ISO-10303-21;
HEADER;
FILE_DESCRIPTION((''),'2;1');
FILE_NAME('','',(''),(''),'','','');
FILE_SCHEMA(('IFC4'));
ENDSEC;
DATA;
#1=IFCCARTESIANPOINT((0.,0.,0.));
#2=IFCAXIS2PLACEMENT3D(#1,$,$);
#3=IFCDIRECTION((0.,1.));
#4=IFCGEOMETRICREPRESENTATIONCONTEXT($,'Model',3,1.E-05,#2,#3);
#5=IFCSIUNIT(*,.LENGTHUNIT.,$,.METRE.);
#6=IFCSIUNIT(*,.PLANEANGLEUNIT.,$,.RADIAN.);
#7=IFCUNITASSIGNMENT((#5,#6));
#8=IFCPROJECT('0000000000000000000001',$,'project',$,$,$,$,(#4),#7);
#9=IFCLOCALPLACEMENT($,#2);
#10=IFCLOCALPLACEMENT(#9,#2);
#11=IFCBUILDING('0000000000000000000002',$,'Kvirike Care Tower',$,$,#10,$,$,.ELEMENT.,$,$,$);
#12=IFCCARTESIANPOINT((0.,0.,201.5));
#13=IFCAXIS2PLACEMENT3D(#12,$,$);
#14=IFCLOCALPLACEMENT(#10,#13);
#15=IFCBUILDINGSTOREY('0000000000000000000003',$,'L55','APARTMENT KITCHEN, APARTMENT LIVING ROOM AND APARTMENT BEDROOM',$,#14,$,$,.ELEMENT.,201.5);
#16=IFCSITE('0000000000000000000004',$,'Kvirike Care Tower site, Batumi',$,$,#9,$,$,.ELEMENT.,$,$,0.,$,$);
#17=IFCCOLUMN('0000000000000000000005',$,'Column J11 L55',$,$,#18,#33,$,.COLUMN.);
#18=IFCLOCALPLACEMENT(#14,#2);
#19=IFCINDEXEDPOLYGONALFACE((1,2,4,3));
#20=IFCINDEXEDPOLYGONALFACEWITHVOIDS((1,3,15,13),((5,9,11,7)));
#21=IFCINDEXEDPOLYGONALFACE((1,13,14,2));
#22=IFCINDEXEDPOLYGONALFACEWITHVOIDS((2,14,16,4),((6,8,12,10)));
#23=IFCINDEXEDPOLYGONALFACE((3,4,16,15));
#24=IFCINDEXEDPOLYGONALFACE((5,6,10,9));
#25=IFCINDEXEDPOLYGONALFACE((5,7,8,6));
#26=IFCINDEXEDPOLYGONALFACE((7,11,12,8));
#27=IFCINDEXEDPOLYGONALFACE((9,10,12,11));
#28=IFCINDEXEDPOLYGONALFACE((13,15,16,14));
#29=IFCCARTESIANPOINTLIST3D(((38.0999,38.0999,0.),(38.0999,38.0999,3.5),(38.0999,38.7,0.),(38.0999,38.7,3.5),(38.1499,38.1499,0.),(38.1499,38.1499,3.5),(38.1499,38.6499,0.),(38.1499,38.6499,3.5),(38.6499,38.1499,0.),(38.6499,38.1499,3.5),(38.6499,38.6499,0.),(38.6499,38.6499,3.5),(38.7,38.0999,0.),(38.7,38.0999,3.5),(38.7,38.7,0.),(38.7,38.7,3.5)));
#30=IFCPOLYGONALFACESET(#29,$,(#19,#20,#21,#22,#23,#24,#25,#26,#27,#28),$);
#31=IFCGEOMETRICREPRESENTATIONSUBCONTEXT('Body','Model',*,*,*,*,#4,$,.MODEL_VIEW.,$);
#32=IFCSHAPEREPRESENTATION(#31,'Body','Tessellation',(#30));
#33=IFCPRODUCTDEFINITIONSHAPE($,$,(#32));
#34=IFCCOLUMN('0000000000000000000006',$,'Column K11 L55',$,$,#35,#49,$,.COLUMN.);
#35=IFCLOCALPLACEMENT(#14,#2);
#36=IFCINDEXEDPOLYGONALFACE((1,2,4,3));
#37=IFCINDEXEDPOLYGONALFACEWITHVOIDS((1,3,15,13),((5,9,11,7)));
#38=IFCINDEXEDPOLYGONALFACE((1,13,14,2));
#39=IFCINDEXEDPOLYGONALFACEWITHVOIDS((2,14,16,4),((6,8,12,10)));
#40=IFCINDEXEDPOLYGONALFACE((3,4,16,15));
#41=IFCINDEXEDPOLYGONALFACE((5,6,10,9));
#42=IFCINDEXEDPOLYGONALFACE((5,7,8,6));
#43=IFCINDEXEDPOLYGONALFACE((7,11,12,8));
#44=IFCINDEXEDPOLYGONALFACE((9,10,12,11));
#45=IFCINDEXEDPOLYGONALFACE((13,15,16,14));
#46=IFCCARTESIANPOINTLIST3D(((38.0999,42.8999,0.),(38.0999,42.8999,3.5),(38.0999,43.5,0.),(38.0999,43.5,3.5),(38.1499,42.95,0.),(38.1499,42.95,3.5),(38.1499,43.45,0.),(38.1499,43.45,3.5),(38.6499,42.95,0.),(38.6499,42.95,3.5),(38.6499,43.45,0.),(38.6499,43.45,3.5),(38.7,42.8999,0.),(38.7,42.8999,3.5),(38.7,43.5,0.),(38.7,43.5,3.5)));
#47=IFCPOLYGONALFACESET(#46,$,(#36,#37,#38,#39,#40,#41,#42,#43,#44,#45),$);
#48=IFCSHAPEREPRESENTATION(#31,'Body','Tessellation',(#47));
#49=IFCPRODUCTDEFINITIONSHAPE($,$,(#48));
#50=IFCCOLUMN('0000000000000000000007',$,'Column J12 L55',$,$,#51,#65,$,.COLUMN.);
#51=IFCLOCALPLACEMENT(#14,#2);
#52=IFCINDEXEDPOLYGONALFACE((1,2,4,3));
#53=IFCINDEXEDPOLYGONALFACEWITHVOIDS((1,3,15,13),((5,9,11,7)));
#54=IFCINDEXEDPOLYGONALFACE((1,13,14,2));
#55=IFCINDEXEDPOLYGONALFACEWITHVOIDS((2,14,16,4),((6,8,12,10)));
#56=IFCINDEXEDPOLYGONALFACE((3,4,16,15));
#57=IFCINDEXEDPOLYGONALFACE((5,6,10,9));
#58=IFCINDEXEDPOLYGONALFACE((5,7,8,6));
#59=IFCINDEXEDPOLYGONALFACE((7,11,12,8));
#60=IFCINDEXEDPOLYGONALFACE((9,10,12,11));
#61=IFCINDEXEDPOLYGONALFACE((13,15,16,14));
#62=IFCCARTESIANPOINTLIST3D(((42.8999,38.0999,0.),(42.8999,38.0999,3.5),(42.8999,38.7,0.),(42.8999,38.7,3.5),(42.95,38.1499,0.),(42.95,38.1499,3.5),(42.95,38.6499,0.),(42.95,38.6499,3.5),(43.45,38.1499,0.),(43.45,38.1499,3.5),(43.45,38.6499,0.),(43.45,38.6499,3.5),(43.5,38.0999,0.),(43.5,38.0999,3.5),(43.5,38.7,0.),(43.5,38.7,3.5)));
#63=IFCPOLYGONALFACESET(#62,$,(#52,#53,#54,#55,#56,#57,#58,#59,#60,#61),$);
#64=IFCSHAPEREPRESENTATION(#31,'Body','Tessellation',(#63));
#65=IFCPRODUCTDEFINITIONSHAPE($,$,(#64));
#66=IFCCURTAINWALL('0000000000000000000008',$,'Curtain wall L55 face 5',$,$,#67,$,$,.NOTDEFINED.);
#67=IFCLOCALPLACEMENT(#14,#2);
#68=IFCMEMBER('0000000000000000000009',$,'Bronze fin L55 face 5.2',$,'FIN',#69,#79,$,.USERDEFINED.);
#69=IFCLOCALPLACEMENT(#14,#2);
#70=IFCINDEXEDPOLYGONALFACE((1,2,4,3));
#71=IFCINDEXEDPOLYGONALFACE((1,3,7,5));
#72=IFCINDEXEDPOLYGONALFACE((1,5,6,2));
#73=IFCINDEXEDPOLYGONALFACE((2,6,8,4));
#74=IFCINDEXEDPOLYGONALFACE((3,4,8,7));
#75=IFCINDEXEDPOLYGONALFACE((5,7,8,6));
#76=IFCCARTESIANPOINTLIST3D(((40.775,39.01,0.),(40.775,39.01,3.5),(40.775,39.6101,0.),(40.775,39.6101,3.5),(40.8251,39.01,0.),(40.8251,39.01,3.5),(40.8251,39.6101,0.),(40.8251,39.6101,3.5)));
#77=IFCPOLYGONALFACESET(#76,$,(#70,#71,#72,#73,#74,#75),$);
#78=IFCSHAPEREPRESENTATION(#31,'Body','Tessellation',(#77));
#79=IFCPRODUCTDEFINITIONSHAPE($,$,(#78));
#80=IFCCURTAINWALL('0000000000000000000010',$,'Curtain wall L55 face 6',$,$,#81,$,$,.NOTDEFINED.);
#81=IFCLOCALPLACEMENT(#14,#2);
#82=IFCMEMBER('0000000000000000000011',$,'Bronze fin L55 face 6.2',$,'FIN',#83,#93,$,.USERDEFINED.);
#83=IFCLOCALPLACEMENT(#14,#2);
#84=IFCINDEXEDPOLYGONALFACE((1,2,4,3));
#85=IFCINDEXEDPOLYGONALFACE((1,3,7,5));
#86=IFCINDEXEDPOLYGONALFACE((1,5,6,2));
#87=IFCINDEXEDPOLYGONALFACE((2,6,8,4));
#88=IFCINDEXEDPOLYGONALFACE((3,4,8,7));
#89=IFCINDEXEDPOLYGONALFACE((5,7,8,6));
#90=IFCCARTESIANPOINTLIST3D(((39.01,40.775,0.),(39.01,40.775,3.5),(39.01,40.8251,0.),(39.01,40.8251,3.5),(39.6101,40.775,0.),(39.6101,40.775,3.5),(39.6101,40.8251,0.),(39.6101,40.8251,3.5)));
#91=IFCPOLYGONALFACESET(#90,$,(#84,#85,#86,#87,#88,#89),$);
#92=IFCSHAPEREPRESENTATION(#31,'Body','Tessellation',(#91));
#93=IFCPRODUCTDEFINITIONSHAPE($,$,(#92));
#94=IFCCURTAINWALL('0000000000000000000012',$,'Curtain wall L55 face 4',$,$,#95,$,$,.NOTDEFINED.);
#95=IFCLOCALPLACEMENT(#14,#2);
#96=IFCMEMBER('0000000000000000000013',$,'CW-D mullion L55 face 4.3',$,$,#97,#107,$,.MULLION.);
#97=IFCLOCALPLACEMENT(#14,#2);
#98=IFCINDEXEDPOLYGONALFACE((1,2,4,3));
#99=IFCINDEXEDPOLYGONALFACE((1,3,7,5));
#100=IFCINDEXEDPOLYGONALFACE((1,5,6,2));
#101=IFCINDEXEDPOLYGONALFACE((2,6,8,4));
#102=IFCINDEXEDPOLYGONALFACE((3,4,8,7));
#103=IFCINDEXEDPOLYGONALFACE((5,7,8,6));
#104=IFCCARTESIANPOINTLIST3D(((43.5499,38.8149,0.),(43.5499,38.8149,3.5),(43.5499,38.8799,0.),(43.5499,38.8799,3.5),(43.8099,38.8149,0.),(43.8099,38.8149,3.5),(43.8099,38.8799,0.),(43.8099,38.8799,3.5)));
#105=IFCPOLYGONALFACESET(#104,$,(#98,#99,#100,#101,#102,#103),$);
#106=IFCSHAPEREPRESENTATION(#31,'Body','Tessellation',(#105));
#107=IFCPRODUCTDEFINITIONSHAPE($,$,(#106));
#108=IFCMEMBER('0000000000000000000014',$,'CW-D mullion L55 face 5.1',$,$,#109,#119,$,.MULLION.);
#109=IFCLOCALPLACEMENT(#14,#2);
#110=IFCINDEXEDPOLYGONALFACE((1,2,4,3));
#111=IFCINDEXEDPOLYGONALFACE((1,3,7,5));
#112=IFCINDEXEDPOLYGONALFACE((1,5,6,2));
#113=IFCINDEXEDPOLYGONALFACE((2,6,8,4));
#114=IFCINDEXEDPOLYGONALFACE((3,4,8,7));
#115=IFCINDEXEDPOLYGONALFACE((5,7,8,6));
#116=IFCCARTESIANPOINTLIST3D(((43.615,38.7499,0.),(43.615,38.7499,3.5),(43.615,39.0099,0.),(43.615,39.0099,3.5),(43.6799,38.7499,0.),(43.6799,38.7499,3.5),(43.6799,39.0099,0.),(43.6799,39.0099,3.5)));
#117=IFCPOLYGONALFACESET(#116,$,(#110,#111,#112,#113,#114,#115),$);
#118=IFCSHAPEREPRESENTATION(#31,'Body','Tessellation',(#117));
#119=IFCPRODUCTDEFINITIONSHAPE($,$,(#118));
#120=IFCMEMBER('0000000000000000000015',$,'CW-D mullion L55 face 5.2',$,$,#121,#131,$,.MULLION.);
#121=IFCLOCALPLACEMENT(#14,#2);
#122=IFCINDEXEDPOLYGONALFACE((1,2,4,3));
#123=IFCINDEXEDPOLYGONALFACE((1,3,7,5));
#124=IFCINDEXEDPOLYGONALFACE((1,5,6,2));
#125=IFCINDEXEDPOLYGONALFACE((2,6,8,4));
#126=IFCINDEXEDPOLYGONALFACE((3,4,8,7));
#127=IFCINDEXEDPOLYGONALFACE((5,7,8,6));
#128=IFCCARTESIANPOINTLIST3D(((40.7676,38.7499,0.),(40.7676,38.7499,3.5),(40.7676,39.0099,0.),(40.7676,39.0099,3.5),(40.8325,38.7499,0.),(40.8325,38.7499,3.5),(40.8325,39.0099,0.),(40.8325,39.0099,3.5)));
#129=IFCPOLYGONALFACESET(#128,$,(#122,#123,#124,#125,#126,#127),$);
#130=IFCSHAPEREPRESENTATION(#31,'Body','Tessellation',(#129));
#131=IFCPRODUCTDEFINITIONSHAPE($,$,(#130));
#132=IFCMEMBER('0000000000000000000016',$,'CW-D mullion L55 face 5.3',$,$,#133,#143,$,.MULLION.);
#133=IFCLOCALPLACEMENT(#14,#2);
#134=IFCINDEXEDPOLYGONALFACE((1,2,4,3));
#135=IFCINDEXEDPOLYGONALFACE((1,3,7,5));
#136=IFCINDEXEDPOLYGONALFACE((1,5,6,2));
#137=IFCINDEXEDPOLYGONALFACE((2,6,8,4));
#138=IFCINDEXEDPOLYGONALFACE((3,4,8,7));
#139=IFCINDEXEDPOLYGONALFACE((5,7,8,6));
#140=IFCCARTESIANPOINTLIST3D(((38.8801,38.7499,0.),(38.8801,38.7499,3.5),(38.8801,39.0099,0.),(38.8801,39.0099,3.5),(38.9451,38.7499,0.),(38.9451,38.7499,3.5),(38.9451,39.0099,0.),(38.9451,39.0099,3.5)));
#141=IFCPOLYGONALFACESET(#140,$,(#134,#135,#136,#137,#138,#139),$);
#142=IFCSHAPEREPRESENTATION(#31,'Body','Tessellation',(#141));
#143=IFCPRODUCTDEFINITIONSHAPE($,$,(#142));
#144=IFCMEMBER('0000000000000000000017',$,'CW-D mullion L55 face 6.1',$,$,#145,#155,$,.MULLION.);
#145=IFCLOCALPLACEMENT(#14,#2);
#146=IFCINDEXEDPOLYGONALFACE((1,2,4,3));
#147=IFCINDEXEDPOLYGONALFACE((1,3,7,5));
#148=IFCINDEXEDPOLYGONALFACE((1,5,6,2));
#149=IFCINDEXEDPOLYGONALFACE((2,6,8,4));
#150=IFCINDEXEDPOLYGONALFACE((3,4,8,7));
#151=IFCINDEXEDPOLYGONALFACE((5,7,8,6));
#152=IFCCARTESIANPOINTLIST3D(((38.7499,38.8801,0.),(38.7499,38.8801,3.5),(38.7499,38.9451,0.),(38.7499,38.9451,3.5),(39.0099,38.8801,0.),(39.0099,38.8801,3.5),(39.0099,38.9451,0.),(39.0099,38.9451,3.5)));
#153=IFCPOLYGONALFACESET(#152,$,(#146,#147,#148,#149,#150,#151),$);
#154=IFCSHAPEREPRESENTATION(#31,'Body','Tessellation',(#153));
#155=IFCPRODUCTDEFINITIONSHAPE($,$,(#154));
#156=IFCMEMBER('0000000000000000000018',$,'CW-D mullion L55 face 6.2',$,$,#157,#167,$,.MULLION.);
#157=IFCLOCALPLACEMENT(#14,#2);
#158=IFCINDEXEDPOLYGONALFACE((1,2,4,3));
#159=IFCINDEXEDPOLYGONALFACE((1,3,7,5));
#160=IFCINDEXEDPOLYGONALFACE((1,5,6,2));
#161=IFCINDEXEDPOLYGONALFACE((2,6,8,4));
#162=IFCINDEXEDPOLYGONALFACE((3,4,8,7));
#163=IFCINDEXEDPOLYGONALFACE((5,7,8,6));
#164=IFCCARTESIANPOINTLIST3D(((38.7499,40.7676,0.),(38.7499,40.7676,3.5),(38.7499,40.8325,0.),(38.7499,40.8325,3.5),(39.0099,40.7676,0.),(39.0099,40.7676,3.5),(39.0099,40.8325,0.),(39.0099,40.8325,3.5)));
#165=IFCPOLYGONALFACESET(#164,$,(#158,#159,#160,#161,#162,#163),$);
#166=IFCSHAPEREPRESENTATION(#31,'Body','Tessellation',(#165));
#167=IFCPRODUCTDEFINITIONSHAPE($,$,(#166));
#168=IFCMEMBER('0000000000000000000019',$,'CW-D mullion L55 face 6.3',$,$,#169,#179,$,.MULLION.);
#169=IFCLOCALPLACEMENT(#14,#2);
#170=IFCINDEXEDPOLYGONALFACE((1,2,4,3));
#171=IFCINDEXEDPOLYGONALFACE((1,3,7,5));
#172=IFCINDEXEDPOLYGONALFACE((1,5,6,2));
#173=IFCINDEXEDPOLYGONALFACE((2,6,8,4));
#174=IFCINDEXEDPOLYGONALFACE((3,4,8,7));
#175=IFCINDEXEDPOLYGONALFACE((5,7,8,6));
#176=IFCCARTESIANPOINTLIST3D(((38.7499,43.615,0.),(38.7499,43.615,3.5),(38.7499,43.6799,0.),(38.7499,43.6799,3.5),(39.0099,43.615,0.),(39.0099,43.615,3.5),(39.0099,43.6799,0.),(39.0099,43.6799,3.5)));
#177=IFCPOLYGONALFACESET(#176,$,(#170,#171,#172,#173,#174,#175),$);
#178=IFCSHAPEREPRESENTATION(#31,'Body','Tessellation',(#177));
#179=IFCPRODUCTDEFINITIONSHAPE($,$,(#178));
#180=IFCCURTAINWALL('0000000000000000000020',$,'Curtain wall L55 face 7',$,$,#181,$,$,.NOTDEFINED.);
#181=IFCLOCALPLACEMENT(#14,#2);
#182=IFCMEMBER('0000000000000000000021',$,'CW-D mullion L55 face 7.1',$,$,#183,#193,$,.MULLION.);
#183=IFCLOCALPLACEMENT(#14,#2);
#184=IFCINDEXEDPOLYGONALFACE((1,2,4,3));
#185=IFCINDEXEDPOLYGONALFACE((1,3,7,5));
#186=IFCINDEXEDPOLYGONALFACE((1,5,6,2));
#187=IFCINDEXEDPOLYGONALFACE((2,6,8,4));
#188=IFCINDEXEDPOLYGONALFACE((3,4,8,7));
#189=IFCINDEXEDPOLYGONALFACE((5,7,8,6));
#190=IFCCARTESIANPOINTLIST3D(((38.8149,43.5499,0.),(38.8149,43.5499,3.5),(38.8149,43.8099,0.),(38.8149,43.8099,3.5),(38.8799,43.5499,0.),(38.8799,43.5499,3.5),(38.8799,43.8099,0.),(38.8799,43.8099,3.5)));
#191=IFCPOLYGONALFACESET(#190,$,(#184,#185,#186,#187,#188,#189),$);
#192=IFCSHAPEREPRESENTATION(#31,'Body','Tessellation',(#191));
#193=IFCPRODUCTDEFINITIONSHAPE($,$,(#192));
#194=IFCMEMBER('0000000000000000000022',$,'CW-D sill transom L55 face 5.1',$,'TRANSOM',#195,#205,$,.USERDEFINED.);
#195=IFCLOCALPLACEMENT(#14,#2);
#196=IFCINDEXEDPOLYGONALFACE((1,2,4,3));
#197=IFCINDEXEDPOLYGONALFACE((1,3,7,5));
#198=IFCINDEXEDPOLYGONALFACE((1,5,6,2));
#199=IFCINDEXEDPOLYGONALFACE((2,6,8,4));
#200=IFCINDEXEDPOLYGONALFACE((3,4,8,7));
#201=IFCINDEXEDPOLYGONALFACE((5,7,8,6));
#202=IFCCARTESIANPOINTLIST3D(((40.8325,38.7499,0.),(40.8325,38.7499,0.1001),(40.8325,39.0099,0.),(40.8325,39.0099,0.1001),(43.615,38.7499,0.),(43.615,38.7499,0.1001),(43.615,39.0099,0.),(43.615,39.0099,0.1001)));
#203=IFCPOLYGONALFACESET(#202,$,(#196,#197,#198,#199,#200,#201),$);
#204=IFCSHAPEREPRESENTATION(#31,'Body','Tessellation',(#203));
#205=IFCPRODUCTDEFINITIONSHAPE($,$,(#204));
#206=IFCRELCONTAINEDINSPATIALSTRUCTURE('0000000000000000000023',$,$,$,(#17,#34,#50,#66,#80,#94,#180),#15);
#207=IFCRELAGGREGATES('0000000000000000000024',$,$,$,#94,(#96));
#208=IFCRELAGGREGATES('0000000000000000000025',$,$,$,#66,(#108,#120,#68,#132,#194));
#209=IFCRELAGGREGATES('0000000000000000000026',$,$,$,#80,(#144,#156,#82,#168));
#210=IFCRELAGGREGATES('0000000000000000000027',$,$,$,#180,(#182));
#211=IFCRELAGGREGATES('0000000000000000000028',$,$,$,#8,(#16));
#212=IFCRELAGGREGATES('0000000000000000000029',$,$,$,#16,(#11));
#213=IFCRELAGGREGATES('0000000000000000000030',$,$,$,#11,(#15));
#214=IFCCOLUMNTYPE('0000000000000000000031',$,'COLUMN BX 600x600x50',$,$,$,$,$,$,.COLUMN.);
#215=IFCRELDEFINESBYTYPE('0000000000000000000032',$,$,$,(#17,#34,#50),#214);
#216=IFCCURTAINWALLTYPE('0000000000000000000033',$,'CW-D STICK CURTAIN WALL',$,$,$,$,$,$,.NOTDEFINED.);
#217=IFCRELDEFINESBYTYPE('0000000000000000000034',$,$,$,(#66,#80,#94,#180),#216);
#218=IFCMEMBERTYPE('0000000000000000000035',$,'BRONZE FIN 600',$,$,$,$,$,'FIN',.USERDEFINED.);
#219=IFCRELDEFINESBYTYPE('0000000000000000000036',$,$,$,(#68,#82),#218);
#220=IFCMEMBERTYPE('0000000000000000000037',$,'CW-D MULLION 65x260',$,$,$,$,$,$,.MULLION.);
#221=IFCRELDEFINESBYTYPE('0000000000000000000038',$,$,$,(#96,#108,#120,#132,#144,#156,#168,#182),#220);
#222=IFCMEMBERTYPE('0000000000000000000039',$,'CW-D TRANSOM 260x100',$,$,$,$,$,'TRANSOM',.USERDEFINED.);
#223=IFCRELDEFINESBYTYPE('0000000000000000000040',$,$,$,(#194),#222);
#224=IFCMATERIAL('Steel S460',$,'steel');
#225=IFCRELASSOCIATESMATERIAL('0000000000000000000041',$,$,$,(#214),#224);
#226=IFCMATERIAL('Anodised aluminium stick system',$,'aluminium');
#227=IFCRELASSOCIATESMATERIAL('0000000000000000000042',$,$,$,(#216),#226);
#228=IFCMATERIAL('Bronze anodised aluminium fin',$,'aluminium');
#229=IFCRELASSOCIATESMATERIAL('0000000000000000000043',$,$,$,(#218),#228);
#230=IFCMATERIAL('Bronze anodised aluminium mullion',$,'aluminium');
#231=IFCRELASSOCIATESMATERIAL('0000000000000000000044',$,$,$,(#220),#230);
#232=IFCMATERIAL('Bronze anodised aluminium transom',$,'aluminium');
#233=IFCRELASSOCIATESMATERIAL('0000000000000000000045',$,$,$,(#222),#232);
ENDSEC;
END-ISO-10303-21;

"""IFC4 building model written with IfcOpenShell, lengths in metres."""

from ifc_helpers import new_model, si_unit, direction, frame, origin, origin_2d, place, context, subcontext, project, spatial, rectangle, hollow_rectangle, extrude, material, material_profile, profile_set, type_object, element, aggregate, save


model = new_model("IFC4")

# Units and contexts
model_context = context("Model", 3, precision=1e-05, world=origin(), true_north=direction((0.0, 1.0)))
body_context = subcontext(model_context, "Body", "Model", "MODEL_VIEW")
ifc_project = project(units=[si_unit("LENGTHUNIT", "METRE"), si_unit("PLANEANGLEUNIT", "RADIAN")], contexts=[model_context])

# Site, building, storey
site_placement = place(None, origin())
site = spatial("IfcSite", under=ifc_project, at=site_placement, Name="Kvirike Care Tower site, Batumi", CompositionType="ELEMENT", RefElevation=0.0)
building_placement = place(site_placement, origin())
building = spatial("IfcBuilding", under=site, at=building_placement, Name="Kvirike Care Tower", CompositionType="ELEMENT")
storey_placement = place(building_placement, frame((0.0, 0.0, 201.5)))
storey = spatial("IfcBuildingStorey", under=building, at=storey_placement, Name="L55", Description="APARTMENT KITCHEN, APARTMENT LIVING ROOM AND APARTMENT BEDROOM", CompositionType="ELEMENT", Elevation=201.5)

# Columns
ifc_material_1 = material(Name="Steel S460", Category="steel")
ifc_material_profile_1 = material_profile(ifc_material_1, hollow_rectangle(XDim=0.6001, YDim=0.6001, WallThickness=0.05, at=origin_2d()), Name="BX 600x600x50")
ifc_profile_set_1 = profile_set([ifc_material_profile_1], Name="Steel S460")
column_type = type_object("IfcColumnType", Name="COLUMN BX 600x600x50", PredefinedType="COLUMN", material=ifc_profile_set_1)
for number, where, z_axis, x_axis, name in (
    (1, (38.3999, 38.3999, 0.0), (0.0, 0.0, 1.0), (0.0, 1.0, 0.0), "Column J11 L55"),
    (2, (38.3999, 43.2, 0.0), (0.0, 0.0, 1.0), (0.0, 1.0, 0.0), "Column K11 L55"),
    (3, (43.2, 38.3999, 0.0), (0.0, 0.0, 1.0), (0.0, 1.0, 0.0), "Column J12 L55"),
):
    element("IfcColumn", number, at=place(storey_placement, frame(where, z_axis=z_axis, x_axis=x_axis)), inside=storey, type_object=column_type, Name=name, PredefinedType="COLUMN", context=body_context, shape_type="SweptSolid", body=[
        extrude(hollow_rectangle(XDim=0.6001, YDim=0.6001, WallThickness=0.05, at=origin_2d()), origin(), (0.0, 0.0, 1.0), 3.5),
    ])

# Curtain walls, members
ifc_material_2 = material(Name="Anodised aluminium stick system", Category="aluminium")
curtain_wall_type = type_object("IfcCurtainWallType", Name="CW-D STICK CURTAIN WALL", PredefinedType="NOTDEFINED", material=ifc_material_2)
curtain_wall_1_placement = place(storey_placement, origin())
curtain_wall_1 = element("IfcCurtainWall", 4, at=curtain_wall_1_placement, inside=storey, type_object=curtain_wall_type, Name="Curtain wall L55 face 5", PredefinedType="NOTDEFINED")
ifc_material_3 = material(Name="Bronze anodised aluminium fin", Category="aluminium")
ifc_material_profile_2 = material_profile(ifc_material_3, rectangle(XDim=0.05, YDim=0.6001, at=origin_2d()), Name="BRONZE FIN 600")
ifc_profile_set_2 = profile_set([ifc_material_profile_2], Name="Bronze anodised aluminium fin")
member_type_1 = type_object("IfcMemberType", Name="BRONZE FIN 600", ElementType="FIN", PredefinedType="USERDEFINED", material=ifc_profile_set_2)
member_1_placement = place(storey_placement, frame((40.8, 39.3101, 0.0), z_axis=(0.0, 0.0, 1.0), x_axis=(-1.0, 0.0, 0.0)))
member_1 = element("IfcMember", 5, at=member_1_placement, type_object=member_type_1, Name="Bronze fin L55 face 5.2", ObjectType="FIN", PredefinedType="USERDEFINED", context=body_context, shape_type="SweptSolid", body=[
    extrude(rectangle(XDim=0.05, YDim=0.6001, at=origin_2d()), origin(), (0.0, 0.0, 1.0), 3.5),
])
curtain_wall_2_placement = place(storey_placement, origin())
curtain_wall_2 = element("IfcCurtainWall", 6, at=curtain_wall_2_placement, inside=storey, type_object=curtain_wall_type, Name="Curtain wall L55 face 6", PredefinedType="NOTDEFINED")
member_2_placement = place(storey_placement, frame((39.3101, 40.8, 0.0), z_axis=(0.0, 0.0, 1.0), x_axis=(0.0, 1.0, 0.0)))
member_2 = element("IfcMember", 7, at=member_2_placement, type_object=member_type_1, Name="Bronze fin L55 face 6.2", ObjectType="FIN", PredefinedType="USERDEFINED", context=body_context, shape_type="SweptSolid", body=[
    extrude(rectangle(XDim=0.05, YDim=0.6001, at=origin_2d()), origin(), (0.0, 0.0, 1.0), 3.5),
])
curtain_wall_3_placement = place(storey_placement, origin())
curtain_wall_3 = element("IfcCurtainWall", 8, at=curtain_wall_3_placement, inside=storey, type_object=curtain_wall_type, Name="Curtain wall L55 face 4", PredefinedType="NOTDEFINED")
ifc_material_4 = material(Name="Bronze anodised aluminium mullion", Category="aluminium")
ifc_material_profile_3 = material_profile(ifc_material_4, rectangle(XDim=0.0649, YDim=0.26, at=origin_2d()), Name="CW-D MULLION 65x260")
ifc_profile_set_3 = profile_set([ifc_material_profile_3], Name="Bronze anodised aluminium mullion")
member_type_2 = type_object("IfcMemberType", Name="CW-D MULLION 65x260", PredefinedType="MULLION", material=ifc_profile_set_3)
member_3_placement = place(storey_placement, frame((43.6799, 38.8474, 0.0), z_axis=(0.0, 0.0, 1.0), x_axis=(0.0, 1.0, 0.0)))
member_3 = element("IfcMember", 9, at=member_3_placement, type_object=member_type_2, Name="CW-D mullion L55 face 4.3", PredefinedType="MULLION", context=body_context, shape_type="SweptSolid", body=[
    extrude(rectangle(XDim=0.0649, YDim=0.26, at=origin_2d()), origin(), (0.0, 0.0, 1.0), 3.5),
])
aggregate(curtain_wall_3, [member_3])

# Members
member_4_placement = place(storey_placement, frame((43.6475, 38.8799, 0.0), z_axis=(0.0, 0.0, 1.0), x_axis=(-1.0, 0.0, 0.0)))
member_4 = element("IfcMember", 10, at=member_4_placement, type_object=member_type_2, Name="CW-D mullion L55 face 5.1", PredefinedType="MULLION", context=body_context, shape_type="SweptSolid", body=[
    extrude(rectangle(XDim=0.0649, YDim=0.26, at=origin_2d()), origin(), (0.0, 0.0, 1.0), 3.5),
])
member_5_placement = place(storey_placement, frame((40.8, 38.8799, 0.0), z_axis=(0.0, 0.0, 1.0), x_axis=(-1.0, 0.0, 0.0)))
member_5 = element("IfcMember", 11, at=member_5_placement, type_object=member_type_2, Name="CW-D mullion L55 face 5.2", PredefinedType="MULLION", context=body_context, shape_type="SweptSolid", body=[
    extrude(rectangle(XDim=0.0649, YDim=0.26, at=origin_2d()), origin(), (0.0, 0.0, 1.0), 3.5),
])
member_6_placement = place(storey_placement, frame((38.9126, 38.8799, 0.0), z_axis=(0.0, 0.0, 1.0), x_axis=(-1.0, 0.0, 0.0)))
member_6 = element("IfcMember", 12, at=member_6_placement, type_object=member_type_2, Name="CW-D mullion L55 face 5.3", PredefinedType="MULLION", context=body_context, shape_type="SweptSolid", body=[
    extrude(rectangle(XDim=0.0649, YDim=0.26, at=origin_2d()), origin(), (0.0, 0.0, 1.0), 3.5),
])
member_7_placement = place(storey_placement, frame((38.8799, 38.9126, 0.0), z_axis=(0.0, 0.0, 1.0), x_axis=(0.0, 1.0, 0.0)))
member_7 = element("IfcMember", 13, at=member_7_placement, type_object=member_type_2, Name="CW-D mullion L55 face 6.1", PredefinedType="MULLION", context=body_context, shape_type="SweptSolid", body=[
    extrude(rectangle(XDim=0.0649, YDim=0.26, at=origin_2d()), origin(), (0.0, 0.0, 1.0), 3.5),
])
member_8_placement = place(storey_placement, frame((38.8799, 40.8, 0.0), z_axis=(0.0, 0.0, 1.0), x_axis=(0.0, 1.0, 0.0)))
member_8 = element("IfcMember", 14, at=member_8_placement, type_object=member_type_2, Name="CW-D mullion L55 face 6.2", PredefinedType="MULLION", context=body_context, shape_type="SweptSolid", body=[
    extrude(rectangle(XDim=0.0649, YDim=0.26, at=origin_2d()), origin(), (0.0, 0.0, 1.0), 3.5),
])
member_9_placement = place(storey_placement, frame((38.8799, 43.6475, 0.0), z_axis=(0.0, 0.0, 1.0), x_axis=(0.0, 1.0, 0.0)))
member_9 = element("IfcMember", 15, at=member_9_placement, type_object=member_type_2, Name="CW-D mullion L55 face 6.3", PredefinedType="MULLION", context=body_context, shape_type="SweptSolid", body=[
    extrude(rectangle(XDim=0.0649, YDim=0.26, at=origin_2d()), origin(), (0.0, 0.0, 1.0), 3.5),
])

# Curtain wall, member
curtain_wall_4_placement = place(storey_placement, origin())
curtain_wall_4 = element("IfcCurtainWall", 16, at=curtain_wall_4_placement, inside=storey, type_object=curtain_wall_type, Name="Curtain wall L55 face 7", PredefinedType="NOTDEFINED")
member_10_placement = place(storey_placement, frame((38.8474, 43.6799, 0.0), z_axis=(0.0, 0.0, 1.0), x_axis=(-1.0, 0.0, 0.0)))
member_10 = element("IfcMember", 17, at=member_10_placement, type_object=member_type_2, Name="CW-D mullion L55 face 7.1", PredefinedType="MULLION", context=body_context, shape_type="SweptSolid", body=[
    extrude(rectangle(XDim=0.0649, YDim=0.26, at=origin_2d()), origin(), (0.0, 0.0, 1.0), 3.5),
])

# Member
ifc_material_5 = material(Name="Bronze anodised aluminium transom", Category="aluminium")
ifc_material_profile_4 = material_profile(ifc_material_5, rectangle(XDim=0.26, YDim=0.1001, at=origin_2d()), Name="CW-D TRANSOM 260x100")
ifc_profile_set_4 = profile_set([ifc_material_profile_4], Name="Bronze anodised aluminium transom")
member_type_3 = type_object("IfcMemberType", Name="CW-D TRANSOM 260x100", ElementType="TRANSOM", PredefinedType="USERDEFINED", material=ifc_profile_set_4)
member_11_placement = place(storey_placement, frame((43.615, 38.8799, 0.05), z_axis=(-1.0, 0.0, 0.0), x_axis=(0.0, -1.0, 0.0)))
member_11 = element("IfcMember", 18, at=member_11_placement, type_object=member_type_3, Name="CW-D sill transom L55 face 5.1", ObjectType="TRANSOM", PredefinedType="USERDEFINED", context=body_context, shape_type="SweptSolid", body=[
    extrude(rectangle(XDim=0.26, YDim=0.1001, at=origin_2d()), origin(), (0.0, 0.0, 1.0), 2.7825),
])

aggregate(curtain_wall_1, [member_4, member_5, member_1, member_6, member_11])
aggregate(curtain_wall_2, [member_7, member_8, member_2, member_9])
aggregate(curtain_wall_4, [member_10])

save(model, "model.ifc")
